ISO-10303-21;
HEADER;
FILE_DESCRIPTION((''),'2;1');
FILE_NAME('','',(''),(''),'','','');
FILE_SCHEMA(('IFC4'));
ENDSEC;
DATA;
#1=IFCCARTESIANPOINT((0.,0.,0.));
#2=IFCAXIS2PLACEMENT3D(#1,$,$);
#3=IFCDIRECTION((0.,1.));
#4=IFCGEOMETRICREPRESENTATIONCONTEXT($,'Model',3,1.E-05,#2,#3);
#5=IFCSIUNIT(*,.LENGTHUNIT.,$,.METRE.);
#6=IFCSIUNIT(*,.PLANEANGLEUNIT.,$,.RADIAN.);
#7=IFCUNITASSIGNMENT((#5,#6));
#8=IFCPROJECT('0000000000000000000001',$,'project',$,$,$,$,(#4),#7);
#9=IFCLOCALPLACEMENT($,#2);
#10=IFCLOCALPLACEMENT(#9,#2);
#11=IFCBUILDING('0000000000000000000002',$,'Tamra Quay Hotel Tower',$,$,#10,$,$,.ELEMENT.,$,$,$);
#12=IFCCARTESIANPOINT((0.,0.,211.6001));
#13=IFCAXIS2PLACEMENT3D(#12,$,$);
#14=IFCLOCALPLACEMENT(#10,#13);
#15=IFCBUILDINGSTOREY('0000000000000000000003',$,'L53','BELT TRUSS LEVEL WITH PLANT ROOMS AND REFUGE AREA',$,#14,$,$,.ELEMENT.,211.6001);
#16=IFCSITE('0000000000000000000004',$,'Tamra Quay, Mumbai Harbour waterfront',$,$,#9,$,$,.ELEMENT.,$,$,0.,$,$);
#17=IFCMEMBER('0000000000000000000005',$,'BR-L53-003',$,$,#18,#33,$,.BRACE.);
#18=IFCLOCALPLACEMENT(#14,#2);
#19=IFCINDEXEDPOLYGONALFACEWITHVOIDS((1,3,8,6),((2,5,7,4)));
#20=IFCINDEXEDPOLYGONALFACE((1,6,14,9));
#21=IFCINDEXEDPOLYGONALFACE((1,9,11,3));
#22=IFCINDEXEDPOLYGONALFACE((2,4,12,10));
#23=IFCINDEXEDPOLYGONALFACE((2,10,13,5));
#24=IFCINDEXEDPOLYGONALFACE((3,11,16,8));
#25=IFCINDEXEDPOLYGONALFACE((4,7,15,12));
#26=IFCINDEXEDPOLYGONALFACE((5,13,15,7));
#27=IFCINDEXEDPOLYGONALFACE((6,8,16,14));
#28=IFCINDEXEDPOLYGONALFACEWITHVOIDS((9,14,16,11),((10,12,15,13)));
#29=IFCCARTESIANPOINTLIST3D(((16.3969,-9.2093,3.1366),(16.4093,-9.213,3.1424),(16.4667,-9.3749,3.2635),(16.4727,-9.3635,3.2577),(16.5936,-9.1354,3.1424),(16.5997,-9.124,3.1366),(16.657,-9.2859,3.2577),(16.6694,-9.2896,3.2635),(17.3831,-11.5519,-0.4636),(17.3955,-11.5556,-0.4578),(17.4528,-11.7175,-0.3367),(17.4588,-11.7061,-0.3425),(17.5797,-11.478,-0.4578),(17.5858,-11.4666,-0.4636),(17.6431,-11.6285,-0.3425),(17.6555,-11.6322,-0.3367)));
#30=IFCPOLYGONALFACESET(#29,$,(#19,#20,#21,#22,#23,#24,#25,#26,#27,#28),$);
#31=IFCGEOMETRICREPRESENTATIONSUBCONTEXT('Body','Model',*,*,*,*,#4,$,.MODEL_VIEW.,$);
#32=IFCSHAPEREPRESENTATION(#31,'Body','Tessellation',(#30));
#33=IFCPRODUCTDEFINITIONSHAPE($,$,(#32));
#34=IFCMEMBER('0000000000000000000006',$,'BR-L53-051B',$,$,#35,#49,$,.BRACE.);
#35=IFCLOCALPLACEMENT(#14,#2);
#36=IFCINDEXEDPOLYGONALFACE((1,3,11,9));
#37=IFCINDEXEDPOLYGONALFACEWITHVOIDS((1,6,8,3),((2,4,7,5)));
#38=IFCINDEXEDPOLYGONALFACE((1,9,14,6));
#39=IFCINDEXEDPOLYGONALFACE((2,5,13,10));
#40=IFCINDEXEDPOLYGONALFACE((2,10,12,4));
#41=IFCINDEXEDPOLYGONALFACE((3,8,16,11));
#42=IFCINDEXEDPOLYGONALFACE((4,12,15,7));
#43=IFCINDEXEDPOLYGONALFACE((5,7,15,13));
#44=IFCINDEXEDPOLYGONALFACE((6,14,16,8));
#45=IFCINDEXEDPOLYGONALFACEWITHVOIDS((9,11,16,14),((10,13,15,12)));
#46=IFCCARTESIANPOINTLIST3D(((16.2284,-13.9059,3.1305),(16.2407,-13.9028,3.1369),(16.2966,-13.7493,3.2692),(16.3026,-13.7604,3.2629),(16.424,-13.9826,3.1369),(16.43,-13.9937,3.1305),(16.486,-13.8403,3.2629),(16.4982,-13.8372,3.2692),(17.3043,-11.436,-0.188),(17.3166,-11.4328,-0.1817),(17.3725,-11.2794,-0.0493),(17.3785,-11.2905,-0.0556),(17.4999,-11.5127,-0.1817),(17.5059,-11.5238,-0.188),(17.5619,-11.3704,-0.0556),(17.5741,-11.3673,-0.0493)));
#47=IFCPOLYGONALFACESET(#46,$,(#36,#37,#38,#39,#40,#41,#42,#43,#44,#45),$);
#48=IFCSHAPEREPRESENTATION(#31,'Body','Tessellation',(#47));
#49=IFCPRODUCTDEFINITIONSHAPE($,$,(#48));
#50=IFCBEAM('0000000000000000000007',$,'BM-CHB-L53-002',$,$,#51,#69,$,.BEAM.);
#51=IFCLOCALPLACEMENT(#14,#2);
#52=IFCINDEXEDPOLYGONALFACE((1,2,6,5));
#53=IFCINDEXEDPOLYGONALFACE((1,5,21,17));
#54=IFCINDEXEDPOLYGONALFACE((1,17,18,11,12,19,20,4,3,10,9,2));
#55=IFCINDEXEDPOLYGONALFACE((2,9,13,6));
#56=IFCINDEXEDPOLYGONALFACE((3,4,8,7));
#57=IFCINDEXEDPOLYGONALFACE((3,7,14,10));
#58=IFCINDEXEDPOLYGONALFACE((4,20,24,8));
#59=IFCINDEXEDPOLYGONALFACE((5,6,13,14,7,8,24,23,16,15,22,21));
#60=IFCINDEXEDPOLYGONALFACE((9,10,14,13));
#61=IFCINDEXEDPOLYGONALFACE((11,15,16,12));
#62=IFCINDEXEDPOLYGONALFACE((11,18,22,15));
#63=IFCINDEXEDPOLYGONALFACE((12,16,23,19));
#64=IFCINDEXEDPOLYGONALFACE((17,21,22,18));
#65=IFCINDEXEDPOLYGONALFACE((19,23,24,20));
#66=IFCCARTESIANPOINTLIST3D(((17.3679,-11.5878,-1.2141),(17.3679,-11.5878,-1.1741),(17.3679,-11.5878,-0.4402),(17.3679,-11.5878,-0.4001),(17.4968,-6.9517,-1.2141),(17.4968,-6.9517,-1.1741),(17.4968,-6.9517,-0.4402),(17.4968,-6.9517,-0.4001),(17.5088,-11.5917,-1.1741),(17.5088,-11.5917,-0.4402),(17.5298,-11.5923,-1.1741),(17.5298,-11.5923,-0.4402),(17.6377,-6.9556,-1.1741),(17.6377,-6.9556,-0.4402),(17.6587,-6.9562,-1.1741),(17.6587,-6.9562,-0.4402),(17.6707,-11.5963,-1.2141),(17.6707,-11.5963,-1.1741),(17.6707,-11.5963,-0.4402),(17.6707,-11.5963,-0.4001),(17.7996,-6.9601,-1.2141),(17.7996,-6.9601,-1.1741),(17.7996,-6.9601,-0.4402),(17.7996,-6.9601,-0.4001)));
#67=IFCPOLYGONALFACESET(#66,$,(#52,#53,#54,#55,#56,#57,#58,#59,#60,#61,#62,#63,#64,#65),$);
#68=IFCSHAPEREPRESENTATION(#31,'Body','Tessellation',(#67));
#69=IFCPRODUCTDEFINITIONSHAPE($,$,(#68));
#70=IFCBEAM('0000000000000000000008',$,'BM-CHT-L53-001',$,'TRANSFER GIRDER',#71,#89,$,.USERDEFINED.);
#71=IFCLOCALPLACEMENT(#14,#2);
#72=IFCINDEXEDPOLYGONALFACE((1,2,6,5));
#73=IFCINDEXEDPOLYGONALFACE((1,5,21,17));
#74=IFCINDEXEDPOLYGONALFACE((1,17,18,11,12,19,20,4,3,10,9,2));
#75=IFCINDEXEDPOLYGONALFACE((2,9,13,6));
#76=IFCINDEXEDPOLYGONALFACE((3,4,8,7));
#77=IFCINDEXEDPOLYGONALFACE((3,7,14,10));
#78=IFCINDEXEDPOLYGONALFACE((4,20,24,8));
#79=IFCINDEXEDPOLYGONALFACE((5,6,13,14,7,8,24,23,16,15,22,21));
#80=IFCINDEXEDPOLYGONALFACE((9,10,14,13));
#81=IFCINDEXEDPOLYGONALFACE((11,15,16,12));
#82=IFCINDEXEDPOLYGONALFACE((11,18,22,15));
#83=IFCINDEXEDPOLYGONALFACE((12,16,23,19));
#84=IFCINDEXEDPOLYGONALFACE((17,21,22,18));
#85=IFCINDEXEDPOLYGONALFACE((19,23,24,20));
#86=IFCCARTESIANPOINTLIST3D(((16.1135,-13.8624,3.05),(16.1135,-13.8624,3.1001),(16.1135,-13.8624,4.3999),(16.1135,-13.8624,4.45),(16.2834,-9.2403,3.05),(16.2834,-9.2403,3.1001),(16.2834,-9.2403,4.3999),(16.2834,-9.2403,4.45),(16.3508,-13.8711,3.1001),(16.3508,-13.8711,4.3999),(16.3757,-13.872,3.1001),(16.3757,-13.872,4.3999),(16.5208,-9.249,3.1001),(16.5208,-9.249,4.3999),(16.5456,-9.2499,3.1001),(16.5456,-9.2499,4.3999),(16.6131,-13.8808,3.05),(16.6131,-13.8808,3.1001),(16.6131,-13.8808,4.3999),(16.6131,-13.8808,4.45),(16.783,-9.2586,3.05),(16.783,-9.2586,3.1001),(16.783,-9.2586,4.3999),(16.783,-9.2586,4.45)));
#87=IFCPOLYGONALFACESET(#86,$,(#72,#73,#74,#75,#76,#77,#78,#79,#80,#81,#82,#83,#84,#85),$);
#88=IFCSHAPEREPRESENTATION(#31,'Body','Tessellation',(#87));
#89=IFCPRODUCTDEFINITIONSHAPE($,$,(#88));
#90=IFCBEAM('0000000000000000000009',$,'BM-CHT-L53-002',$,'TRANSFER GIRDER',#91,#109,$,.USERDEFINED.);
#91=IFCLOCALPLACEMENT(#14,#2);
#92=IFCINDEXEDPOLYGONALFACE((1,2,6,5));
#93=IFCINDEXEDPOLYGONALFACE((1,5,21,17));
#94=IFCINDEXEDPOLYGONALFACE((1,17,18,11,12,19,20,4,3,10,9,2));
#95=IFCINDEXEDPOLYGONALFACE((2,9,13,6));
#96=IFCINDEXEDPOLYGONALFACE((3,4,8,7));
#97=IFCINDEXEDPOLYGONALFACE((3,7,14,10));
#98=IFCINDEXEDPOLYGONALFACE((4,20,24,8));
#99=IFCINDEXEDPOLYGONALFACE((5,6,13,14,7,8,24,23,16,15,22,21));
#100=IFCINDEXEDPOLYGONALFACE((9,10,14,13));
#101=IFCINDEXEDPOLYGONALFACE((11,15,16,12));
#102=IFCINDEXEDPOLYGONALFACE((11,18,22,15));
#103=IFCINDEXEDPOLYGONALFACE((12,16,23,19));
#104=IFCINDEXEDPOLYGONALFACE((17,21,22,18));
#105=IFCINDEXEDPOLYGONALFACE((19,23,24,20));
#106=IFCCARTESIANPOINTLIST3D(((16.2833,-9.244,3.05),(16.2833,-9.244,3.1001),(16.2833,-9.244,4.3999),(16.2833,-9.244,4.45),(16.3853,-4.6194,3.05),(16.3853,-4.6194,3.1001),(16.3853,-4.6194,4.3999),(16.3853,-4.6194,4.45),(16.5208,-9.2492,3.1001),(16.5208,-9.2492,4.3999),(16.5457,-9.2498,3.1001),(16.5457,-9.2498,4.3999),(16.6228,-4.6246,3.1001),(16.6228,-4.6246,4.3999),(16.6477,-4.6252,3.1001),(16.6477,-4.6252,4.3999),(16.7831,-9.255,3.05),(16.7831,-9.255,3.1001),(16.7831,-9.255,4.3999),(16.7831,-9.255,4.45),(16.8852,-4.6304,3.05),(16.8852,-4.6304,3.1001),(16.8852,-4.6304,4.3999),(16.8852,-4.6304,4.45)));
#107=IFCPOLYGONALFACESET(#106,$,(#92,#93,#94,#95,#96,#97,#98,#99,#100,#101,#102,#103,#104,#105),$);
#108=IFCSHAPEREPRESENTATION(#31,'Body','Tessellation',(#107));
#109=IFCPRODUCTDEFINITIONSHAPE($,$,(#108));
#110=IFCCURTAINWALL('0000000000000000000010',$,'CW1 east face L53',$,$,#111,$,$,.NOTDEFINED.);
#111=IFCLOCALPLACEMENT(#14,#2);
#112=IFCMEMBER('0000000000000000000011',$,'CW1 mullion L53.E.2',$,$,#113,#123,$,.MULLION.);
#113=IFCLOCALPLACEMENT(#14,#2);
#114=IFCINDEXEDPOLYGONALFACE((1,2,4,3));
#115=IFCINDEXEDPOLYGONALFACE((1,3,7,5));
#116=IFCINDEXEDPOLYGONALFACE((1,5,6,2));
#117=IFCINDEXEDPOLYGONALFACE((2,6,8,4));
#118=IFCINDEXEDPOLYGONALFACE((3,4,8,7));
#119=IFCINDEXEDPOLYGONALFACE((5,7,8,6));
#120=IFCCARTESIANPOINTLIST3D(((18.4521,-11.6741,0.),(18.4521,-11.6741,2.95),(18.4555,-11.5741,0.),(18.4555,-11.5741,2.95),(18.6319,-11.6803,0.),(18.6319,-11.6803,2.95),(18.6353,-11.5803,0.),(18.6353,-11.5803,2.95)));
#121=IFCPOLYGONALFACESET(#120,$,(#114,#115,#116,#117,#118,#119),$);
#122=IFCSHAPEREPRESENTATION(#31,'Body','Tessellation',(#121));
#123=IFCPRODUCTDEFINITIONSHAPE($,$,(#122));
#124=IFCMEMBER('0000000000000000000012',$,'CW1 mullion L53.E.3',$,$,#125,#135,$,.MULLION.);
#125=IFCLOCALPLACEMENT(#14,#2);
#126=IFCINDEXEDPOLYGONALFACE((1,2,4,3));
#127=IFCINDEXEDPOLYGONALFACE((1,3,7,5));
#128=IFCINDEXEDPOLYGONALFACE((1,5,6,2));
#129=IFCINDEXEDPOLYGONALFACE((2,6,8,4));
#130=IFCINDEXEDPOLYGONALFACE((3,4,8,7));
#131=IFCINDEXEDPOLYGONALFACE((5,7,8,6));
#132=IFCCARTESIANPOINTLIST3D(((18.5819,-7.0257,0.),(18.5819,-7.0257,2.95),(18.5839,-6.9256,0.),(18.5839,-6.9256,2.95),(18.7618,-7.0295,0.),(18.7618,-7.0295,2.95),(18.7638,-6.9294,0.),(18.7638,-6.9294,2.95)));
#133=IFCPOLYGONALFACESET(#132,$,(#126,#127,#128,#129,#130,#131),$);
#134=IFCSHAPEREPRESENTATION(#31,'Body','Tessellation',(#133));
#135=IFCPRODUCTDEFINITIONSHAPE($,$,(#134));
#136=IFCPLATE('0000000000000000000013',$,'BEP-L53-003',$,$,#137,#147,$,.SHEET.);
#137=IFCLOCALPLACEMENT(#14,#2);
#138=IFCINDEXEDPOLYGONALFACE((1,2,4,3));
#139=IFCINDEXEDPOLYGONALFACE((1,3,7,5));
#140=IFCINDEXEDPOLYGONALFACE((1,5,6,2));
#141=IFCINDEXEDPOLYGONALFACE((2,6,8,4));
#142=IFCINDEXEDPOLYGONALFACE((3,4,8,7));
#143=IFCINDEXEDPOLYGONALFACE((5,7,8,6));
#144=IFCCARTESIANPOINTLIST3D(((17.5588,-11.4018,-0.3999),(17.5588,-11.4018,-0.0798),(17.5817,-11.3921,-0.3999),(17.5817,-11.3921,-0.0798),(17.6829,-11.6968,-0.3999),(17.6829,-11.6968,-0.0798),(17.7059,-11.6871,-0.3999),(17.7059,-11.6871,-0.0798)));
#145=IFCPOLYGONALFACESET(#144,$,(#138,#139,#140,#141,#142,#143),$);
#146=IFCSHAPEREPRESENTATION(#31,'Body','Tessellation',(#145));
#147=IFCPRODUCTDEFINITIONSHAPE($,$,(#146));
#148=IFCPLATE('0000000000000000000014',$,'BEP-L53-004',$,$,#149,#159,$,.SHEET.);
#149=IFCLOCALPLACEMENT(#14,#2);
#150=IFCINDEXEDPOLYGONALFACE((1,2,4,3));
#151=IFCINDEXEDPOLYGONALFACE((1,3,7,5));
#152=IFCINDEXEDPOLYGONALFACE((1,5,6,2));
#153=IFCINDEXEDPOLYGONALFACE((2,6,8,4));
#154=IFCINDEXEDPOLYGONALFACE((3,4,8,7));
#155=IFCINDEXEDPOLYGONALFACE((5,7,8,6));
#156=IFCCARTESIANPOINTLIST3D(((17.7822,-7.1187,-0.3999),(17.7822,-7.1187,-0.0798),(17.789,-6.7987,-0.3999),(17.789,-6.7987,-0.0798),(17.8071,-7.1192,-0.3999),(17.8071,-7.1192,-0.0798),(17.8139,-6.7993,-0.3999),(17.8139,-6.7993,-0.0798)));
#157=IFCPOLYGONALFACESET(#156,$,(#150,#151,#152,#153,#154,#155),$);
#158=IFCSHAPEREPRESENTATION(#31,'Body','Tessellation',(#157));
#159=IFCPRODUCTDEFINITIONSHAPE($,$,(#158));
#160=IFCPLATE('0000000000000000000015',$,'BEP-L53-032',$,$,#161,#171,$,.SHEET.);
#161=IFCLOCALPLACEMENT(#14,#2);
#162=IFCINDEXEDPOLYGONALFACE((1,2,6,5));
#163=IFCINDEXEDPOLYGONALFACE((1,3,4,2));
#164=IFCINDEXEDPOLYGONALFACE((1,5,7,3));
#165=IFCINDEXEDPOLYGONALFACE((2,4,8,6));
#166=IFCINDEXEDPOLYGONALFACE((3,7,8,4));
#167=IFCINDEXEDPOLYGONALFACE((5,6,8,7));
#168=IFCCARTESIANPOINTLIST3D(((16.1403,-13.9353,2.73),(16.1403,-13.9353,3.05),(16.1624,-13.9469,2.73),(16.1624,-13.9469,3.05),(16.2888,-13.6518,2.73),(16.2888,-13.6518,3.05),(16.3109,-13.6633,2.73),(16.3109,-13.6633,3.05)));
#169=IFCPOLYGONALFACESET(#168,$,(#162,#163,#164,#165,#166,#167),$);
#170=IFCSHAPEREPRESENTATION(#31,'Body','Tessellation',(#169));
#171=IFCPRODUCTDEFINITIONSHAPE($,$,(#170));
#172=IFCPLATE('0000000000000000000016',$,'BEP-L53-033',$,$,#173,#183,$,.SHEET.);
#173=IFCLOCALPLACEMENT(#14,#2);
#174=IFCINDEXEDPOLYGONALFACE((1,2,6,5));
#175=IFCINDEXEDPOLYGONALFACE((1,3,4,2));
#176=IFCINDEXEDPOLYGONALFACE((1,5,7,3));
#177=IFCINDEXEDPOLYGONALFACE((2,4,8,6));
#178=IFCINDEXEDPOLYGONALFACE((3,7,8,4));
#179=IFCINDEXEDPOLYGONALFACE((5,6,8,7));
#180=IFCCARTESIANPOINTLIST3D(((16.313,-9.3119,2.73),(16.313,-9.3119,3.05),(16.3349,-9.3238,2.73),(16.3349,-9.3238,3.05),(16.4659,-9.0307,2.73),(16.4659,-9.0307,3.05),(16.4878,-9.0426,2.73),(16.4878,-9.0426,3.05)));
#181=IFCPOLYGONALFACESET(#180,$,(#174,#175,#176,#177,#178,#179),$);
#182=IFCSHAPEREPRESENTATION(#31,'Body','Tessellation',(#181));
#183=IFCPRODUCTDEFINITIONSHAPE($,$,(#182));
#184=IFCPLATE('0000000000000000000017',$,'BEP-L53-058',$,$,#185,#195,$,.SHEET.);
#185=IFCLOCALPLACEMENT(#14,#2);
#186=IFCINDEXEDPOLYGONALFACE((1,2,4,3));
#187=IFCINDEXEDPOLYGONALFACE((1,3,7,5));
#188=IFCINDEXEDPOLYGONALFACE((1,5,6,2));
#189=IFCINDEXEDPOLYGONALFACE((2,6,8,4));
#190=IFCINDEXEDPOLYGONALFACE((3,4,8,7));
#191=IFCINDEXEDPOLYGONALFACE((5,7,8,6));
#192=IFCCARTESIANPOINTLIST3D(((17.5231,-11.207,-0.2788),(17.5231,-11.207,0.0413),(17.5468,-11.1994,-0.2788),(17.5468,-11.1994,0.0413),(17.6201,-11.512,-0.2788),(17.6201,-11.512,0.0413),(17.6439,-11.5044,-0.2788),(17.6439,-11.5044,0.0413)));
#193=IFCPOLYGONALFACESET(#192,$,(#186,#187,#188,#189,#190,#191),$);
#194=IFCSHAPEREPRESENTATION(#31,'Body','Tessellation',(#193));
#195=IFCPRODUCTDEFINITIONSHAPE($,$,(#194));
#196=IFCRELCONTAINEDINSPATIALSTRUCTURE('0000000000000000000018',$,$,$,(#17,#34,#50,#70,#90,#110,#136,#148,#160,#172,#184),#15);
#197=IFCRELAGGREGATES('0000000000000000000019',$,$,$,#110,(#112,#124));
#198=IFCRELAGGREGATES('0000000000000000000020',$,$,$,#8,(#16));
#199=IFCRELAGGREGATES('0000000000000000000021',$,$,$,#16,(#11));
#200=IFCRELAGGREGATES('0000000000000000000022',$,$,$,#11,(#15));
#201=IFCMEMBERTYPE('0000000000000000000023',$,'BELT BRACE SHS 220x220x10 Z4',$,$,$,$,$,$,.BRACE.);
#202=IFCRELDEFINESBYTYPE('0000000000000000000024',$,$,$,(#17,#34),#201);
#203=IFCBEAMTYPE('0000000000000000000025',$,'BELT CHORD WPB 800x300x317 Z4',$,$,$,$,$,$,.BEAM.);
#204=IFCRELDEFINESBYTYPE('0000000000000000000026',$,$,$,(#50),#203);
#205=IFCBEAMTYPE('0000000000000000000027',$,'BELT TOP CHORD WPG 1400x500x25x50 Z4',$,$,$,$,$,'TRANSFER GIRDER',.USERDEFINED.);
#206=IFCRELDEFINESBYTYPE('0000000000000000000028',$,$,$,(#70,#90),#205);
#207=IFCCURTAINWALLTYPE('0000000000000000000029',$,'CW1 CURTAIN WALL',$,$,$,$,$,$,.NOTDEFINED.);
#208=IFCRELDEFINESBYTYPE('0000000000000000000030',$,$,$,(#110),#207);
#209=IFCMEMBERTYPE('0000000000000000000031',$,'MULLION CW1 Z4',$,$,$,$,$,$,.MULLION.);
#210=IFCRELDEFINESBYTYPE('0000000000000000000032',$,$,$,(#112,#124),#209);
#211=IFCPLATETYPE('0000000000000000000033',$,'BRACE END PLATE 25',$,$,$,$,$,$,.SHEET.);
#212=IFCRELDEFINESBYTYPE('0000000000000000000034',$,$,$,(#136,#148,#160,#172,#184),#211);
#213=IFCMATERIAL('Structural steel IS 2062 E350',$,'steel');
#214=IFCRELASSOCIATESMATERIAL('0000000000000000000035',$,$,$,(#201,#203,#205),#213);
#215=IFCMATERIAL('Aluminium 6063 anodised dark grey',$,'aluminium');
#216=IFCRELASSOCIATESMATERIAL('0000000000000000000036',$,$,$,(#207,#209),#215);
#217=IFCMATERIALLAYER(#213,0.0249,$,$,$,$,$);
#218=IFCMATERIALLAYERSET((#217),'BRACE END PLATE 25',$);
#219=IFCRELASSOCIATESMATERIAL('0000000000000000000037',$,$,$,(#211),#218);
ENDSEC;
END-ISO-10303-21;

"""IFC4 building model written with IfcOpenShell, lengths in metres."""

from ifc_helpers import new_model, si_unit, direction, frame, origin, origin_2d, place, context, subcontext, project, spatial, rectangle, hollow_rectangle, i_section, extrude, material, layer, layer_set, material_profile, profile_set, type_object, element, aggregate, save


model = new_model("IFC4")

# Units and contexts
model_context = context("Model", 3, precision=1e-05, world=origin(), true_north=direction((0.0, 1.0)))
body_context = subcontext(model_context, "Body", "Model", "MODEL_VIEW")
ifc_project = project(units=[si_unit("LENGTHUNIT", "METRE"), si_unit("PLANEANGLEUNIT", "RADIAN")], contexts=[model_context])

# Site, building, storey
site_placement = place(None, origin())
site = spatial("IfcSite", under=ifc_project, at=site_placement, Name="Tamra Quay, Mumbai Harbour waterfront", CompositionType="ELEMENT", RefElevation=0.0)
building_placement = place(site_placement, origin())
building = spatial("IfcBuilding", under=site, at=building_placement, Name="Tamra Quay Hotel Tower", CompositionType="ELEMENT")
storey_placement = place(building_placement, frame((0.0, 0.0, 211.6001)))
storey = spatial("IfcBuildingStorey", under=building, at=storey_placement, Name="L53", Description="BELT TRUSS LEVEL WITH PLANT ROOMS AND REFUGE AREA", CompositionType="ELEMENT", Elevation=211.6001)

# Members
ifc_material_1 = material(Name="Structural steel IS 2062 E350", Category="steel")
ifc_material_profile_1 = material_profile(ifc_material_1, hollow_rectangle(XDim=0.22, YDim=0.22, WallThickness=0.01, at=origin_2d()), Name="SHS 220x220x10")
ifc_profile_set_1 = profile_set([ifc_material_profile_1], Name="Structural steel IS 2062 E350")
member_type_1 = type_object("IfcMemberType", Name="BELT BRACE SHS 220x220x10 Z4", PredefinedType="BRACE", material=ifc_profile_set_1)
member_1_placement = place(storey_placement, frame((17.5193, -11.592, -0.4001), z_axis=(-0.223761, 0.531563, 0.816928), x_axis=(-0.92167, -0.387975, 0.0)))
element("IfcMember", 1, at=member_1_placement, inside=storey, type_object=member_type_1, Name="BR-L53-003", PredefinedType="BRACE", context=body_context, shape_type="SweptSolid", body=[
    extrude(hollow_rectangle(XDim=0.22, YDim=0.22, WallThickness=0.01, at=origin_2d()), origin(), (0.0, 0.0, 1.0), 4.407),
])
member_2_placement = place(storey_placement, frame((17.4392, -11.4016, -0.1187), z_axis=(-0.251707, -0.577836, 0.776369), x_axis=(0.916795, -0.399359, 0.0)))
element("IfcMember", 2, at=member_2_placement, inside=storey, type_object=member_type_1, Name="BR-L53-051B", PredefinedType="BRACE", context=body_context, shape_type="SweptSolid", body=[
    extrude(hollow_rectangle(XDim=0.22, YDim=0.22, WallThickness=0.01, at=origin_2d()), origin(), (0.0, 0.0, 1.0), 4.2744),
])

# Beams
ifc_material_profile_2 = material_profile(ifc_material_1, i_section(OverallWidth=0.303, OverallDepth=0.814, WebThickness=0.021, FlangeThickness=0.04, at=origin_2d()), Name="WPB 800x300x317")
ifc_profile_set_2 = profile_set([ifc_material_profile_2], Name="Structural steel IS 2062 E350")
beam_type_1 = type_object("IfcBeamType", Name="BELT CHORD WPB 800x300x317 Z4", PredefinedType="BEAM", material=ifc_profile_set_2)
beam_1_placement = place(storey_placement, frame((17.5193, -11.592, -0.8071), z_axis=(0.027793, 0.999614, 0.0), x_axis=(-0.999614, 0.027793, 0.0)))
element("IfcBeam", 3, at=beam_1_placement, inside=storey, type_object=beam_type_1, Name="BM-CHB-L53-002", PredefinedType="BEAM", context=body_context, shape_type="SweptSolid", body=[
    extrude(i_section(OverallWidth=0.303, OverallDepth=0.814, WebThickness=0.021, FlangeThickness=0.04, at=origin_2d()), origin(), (0.0, 0.0, 1.0), 4.6379),
])
ifc_material_profile_3 = material_profile(ifc_material_1, i_section(OverallWidth=0.5, OverallDepth=1.3999, WebThickness=0.0249, FlangeThickness=0.05, at=origin_2d()), Name="WPG 1400x500x25x50")
ifc_profile_set_3 = profile_set([ifc_material_profile_3], Name="Structural steel IS 2062 E350")
beam_type_2 = type_object("IfcBeamType", Name="BELT TOP CHORD WPG 1400x500x25x50 Z4", ElementType="TRANSFER GIRDER", PredefinedType="USERDEFINED", material=ifc_profile_set_3)
beam_2_placement = place(storey_placement, frame((16.3633, -13.8716, 3.75), z_axis=(0.036738, 0.999325, 0.0), x_axis=(-0.999325, 0.036738, 0.0)))
element("IfcBeam", 4, at=beam_2_placement, inside=storey, type_object=beam_type_2, Name="BM-CHT-L53-001", ObjectType="TRANSFER GIRDER", PredefinedType="USERDEFINED", context=body_context, shape_type="SweptSolid", body=[
    extrude(i_section(OverallWidth=0.5, OverallDepth=1.3999, WebThickness=0.0249, FlangeThickness=0.05, at=origin_2d()), origin(), (0.0, 0.0, 1.0), 4.6252),
])
beam_3_placement = place(storey_placement, frame((16.5332, -9.2495, 3.75), z_axis=(0.022062, 0.999757, 0.0), x_axis=(-0.999757, 0.022062, 0.0)))
element("IfcBeam", 5, at=beam_3_placement, inside=storey, type_object=beam_type_2, Name="BM-CHT-L53-002", ObjectType="TRANSFER GIRDER", PredefinedType="USERDEFINED", context=body_context, shape_type="SweptSolid", body=[
    extrude(i_section(OverallWidth=0.5, OverallDepth=1.3999, WebThickness=0.0249, FlangeThickness=0.05, at=origin_2d()), origin(), (0.0, 0.0, 1.0), 4.6257),
])

# Curtain wall, members
ifc_material_2 = material(Name="Aluminium 6063 anodised dark grey", Category="aluminium")
curtain_wall_type = type_object("IfcCurtainWallType", Name="CW1 CURTAIN WALL", PredefinedType="NOTDEFINED", material=ifc_material_2)
curtain_wall_placement = place(storey_placement, origin())
curtain_wall = element("IfcCurtainWall", 6, at=curtain_wall_placement, inside=storey, type_object=curtain_wall_type, Name="CW1 east face L53", PredefinedType="NOTDEFINED")
ifc_material_profile_4 = material_profile(ifc_material_2, rectangle(XDim=0.1799, YDim=0.1001, at=origin_2d()), Name="MULLION 100X180")
ifc_profile_set_4 = profile_set([ifc_material_profile_4], Name="Aluminium 6063 anodised dark grey")
member_type_2 = type_object("IfcMemberType", Name="MULLION CW1 Z4", PredefinedType="MULLION", material=ifc_profile_set_4)
member_3_placement = place(storey_placement, frame((18.5437, -11.6272, 0.0), z_axis=(0.0, 0.0, 1.0), x_axis=(0.999399, -0.034678, 0.0)))
member_3 = element("IfcMember", 7, at=member_3_placement, type_object=member_type_2, Name="CW1 mullion L53.E.2", PredefinedType="MULLION", context=body_context, shape_type="SweptSolid", body=[
    extrude(rectangle(XDim=0.1799, YDim=0.1001, at=origin_2d()), origin(), (0.0, 0.0, 1.0), 2.95),
])
member_4_placement = place(storey_placement, frame((18.6729, -6.9775, 0.0), z_axis=(0.0, 0.0, 1.0), x_axis=(0.999783, -0.02082, 0.0)))
member_4 = element("IfcMember", 8, at=member_4_placement, type_object=member_type_2, Name="CW1 mullion L53.E.3", PredefinedType="MULLION", context=body_context, shape_type="SweptSolid", body=[
    extrude(rectangle(XDim=0.1799, YDim=0.1001, at=origin_2d()), origin(), (0.0, 0.0, 1.0), 2.95),
])

# Plates
ifc_layer_1 = layer(ifc_material_1, 0.0249)
ifc_layer_set_1 = layer_set([ifc_layer_1], Name="BRACE END PLATE 25")
plate_type_1 = type_object("IfcPlateType", Name="BRACE END PLATE 25", PredefinedType="SHEET", material=ifc_layer_set_1)
for number, where, z_axis, x_axis, name in (
    (9, (17.6323, -11.5444, -0.3999), (0.0, 0.0, 1.0), (0.92166, 0.387998, 0.0), "BEP-L53-003"),
    (10, (17.7981, -6.959, -0.3999), (0.0, 0.0, 1.0), (-0.999774, 0.021236, 0.0), "BEP-L53-004"),
    (11, (16.2256, -13.7993, 2.73), (0.0, 0.0, 1.0), (-0.885862, 0.463949, 0.0), "BEP-L53-032"),
    (12, (16.4004, -9.1772, 2.73), (0.0, 0.0, 1.0), (-0.878442, 0.477849, 0.0), "BEP-L53-033"),
    (13, (17.5835, -11.3557, -0.2788), (0.0, 0.0, 1.0), (0.952949, 0.303132, 0.0), "BEP-L53-058"),
):
    element("IfcPlate", number, at=place(storey_placement, frame(where, z_axis=z_axis, x_axis=x_axis)), inside=storey, type_object=plate_type_1, Name=name, PredefinedType="SHEET", context=body_context, shape_type="SweptSolid", body=[
        extrude(rectangle(XDim=0.0249, YDim=0.3201, at=origin_2d()), origin(), (0.0, 0.0, 1.0), 0.3201),
    ])

aggregate(curtain_wall, [member_3, member_4])

save(model, "model.ifc")
